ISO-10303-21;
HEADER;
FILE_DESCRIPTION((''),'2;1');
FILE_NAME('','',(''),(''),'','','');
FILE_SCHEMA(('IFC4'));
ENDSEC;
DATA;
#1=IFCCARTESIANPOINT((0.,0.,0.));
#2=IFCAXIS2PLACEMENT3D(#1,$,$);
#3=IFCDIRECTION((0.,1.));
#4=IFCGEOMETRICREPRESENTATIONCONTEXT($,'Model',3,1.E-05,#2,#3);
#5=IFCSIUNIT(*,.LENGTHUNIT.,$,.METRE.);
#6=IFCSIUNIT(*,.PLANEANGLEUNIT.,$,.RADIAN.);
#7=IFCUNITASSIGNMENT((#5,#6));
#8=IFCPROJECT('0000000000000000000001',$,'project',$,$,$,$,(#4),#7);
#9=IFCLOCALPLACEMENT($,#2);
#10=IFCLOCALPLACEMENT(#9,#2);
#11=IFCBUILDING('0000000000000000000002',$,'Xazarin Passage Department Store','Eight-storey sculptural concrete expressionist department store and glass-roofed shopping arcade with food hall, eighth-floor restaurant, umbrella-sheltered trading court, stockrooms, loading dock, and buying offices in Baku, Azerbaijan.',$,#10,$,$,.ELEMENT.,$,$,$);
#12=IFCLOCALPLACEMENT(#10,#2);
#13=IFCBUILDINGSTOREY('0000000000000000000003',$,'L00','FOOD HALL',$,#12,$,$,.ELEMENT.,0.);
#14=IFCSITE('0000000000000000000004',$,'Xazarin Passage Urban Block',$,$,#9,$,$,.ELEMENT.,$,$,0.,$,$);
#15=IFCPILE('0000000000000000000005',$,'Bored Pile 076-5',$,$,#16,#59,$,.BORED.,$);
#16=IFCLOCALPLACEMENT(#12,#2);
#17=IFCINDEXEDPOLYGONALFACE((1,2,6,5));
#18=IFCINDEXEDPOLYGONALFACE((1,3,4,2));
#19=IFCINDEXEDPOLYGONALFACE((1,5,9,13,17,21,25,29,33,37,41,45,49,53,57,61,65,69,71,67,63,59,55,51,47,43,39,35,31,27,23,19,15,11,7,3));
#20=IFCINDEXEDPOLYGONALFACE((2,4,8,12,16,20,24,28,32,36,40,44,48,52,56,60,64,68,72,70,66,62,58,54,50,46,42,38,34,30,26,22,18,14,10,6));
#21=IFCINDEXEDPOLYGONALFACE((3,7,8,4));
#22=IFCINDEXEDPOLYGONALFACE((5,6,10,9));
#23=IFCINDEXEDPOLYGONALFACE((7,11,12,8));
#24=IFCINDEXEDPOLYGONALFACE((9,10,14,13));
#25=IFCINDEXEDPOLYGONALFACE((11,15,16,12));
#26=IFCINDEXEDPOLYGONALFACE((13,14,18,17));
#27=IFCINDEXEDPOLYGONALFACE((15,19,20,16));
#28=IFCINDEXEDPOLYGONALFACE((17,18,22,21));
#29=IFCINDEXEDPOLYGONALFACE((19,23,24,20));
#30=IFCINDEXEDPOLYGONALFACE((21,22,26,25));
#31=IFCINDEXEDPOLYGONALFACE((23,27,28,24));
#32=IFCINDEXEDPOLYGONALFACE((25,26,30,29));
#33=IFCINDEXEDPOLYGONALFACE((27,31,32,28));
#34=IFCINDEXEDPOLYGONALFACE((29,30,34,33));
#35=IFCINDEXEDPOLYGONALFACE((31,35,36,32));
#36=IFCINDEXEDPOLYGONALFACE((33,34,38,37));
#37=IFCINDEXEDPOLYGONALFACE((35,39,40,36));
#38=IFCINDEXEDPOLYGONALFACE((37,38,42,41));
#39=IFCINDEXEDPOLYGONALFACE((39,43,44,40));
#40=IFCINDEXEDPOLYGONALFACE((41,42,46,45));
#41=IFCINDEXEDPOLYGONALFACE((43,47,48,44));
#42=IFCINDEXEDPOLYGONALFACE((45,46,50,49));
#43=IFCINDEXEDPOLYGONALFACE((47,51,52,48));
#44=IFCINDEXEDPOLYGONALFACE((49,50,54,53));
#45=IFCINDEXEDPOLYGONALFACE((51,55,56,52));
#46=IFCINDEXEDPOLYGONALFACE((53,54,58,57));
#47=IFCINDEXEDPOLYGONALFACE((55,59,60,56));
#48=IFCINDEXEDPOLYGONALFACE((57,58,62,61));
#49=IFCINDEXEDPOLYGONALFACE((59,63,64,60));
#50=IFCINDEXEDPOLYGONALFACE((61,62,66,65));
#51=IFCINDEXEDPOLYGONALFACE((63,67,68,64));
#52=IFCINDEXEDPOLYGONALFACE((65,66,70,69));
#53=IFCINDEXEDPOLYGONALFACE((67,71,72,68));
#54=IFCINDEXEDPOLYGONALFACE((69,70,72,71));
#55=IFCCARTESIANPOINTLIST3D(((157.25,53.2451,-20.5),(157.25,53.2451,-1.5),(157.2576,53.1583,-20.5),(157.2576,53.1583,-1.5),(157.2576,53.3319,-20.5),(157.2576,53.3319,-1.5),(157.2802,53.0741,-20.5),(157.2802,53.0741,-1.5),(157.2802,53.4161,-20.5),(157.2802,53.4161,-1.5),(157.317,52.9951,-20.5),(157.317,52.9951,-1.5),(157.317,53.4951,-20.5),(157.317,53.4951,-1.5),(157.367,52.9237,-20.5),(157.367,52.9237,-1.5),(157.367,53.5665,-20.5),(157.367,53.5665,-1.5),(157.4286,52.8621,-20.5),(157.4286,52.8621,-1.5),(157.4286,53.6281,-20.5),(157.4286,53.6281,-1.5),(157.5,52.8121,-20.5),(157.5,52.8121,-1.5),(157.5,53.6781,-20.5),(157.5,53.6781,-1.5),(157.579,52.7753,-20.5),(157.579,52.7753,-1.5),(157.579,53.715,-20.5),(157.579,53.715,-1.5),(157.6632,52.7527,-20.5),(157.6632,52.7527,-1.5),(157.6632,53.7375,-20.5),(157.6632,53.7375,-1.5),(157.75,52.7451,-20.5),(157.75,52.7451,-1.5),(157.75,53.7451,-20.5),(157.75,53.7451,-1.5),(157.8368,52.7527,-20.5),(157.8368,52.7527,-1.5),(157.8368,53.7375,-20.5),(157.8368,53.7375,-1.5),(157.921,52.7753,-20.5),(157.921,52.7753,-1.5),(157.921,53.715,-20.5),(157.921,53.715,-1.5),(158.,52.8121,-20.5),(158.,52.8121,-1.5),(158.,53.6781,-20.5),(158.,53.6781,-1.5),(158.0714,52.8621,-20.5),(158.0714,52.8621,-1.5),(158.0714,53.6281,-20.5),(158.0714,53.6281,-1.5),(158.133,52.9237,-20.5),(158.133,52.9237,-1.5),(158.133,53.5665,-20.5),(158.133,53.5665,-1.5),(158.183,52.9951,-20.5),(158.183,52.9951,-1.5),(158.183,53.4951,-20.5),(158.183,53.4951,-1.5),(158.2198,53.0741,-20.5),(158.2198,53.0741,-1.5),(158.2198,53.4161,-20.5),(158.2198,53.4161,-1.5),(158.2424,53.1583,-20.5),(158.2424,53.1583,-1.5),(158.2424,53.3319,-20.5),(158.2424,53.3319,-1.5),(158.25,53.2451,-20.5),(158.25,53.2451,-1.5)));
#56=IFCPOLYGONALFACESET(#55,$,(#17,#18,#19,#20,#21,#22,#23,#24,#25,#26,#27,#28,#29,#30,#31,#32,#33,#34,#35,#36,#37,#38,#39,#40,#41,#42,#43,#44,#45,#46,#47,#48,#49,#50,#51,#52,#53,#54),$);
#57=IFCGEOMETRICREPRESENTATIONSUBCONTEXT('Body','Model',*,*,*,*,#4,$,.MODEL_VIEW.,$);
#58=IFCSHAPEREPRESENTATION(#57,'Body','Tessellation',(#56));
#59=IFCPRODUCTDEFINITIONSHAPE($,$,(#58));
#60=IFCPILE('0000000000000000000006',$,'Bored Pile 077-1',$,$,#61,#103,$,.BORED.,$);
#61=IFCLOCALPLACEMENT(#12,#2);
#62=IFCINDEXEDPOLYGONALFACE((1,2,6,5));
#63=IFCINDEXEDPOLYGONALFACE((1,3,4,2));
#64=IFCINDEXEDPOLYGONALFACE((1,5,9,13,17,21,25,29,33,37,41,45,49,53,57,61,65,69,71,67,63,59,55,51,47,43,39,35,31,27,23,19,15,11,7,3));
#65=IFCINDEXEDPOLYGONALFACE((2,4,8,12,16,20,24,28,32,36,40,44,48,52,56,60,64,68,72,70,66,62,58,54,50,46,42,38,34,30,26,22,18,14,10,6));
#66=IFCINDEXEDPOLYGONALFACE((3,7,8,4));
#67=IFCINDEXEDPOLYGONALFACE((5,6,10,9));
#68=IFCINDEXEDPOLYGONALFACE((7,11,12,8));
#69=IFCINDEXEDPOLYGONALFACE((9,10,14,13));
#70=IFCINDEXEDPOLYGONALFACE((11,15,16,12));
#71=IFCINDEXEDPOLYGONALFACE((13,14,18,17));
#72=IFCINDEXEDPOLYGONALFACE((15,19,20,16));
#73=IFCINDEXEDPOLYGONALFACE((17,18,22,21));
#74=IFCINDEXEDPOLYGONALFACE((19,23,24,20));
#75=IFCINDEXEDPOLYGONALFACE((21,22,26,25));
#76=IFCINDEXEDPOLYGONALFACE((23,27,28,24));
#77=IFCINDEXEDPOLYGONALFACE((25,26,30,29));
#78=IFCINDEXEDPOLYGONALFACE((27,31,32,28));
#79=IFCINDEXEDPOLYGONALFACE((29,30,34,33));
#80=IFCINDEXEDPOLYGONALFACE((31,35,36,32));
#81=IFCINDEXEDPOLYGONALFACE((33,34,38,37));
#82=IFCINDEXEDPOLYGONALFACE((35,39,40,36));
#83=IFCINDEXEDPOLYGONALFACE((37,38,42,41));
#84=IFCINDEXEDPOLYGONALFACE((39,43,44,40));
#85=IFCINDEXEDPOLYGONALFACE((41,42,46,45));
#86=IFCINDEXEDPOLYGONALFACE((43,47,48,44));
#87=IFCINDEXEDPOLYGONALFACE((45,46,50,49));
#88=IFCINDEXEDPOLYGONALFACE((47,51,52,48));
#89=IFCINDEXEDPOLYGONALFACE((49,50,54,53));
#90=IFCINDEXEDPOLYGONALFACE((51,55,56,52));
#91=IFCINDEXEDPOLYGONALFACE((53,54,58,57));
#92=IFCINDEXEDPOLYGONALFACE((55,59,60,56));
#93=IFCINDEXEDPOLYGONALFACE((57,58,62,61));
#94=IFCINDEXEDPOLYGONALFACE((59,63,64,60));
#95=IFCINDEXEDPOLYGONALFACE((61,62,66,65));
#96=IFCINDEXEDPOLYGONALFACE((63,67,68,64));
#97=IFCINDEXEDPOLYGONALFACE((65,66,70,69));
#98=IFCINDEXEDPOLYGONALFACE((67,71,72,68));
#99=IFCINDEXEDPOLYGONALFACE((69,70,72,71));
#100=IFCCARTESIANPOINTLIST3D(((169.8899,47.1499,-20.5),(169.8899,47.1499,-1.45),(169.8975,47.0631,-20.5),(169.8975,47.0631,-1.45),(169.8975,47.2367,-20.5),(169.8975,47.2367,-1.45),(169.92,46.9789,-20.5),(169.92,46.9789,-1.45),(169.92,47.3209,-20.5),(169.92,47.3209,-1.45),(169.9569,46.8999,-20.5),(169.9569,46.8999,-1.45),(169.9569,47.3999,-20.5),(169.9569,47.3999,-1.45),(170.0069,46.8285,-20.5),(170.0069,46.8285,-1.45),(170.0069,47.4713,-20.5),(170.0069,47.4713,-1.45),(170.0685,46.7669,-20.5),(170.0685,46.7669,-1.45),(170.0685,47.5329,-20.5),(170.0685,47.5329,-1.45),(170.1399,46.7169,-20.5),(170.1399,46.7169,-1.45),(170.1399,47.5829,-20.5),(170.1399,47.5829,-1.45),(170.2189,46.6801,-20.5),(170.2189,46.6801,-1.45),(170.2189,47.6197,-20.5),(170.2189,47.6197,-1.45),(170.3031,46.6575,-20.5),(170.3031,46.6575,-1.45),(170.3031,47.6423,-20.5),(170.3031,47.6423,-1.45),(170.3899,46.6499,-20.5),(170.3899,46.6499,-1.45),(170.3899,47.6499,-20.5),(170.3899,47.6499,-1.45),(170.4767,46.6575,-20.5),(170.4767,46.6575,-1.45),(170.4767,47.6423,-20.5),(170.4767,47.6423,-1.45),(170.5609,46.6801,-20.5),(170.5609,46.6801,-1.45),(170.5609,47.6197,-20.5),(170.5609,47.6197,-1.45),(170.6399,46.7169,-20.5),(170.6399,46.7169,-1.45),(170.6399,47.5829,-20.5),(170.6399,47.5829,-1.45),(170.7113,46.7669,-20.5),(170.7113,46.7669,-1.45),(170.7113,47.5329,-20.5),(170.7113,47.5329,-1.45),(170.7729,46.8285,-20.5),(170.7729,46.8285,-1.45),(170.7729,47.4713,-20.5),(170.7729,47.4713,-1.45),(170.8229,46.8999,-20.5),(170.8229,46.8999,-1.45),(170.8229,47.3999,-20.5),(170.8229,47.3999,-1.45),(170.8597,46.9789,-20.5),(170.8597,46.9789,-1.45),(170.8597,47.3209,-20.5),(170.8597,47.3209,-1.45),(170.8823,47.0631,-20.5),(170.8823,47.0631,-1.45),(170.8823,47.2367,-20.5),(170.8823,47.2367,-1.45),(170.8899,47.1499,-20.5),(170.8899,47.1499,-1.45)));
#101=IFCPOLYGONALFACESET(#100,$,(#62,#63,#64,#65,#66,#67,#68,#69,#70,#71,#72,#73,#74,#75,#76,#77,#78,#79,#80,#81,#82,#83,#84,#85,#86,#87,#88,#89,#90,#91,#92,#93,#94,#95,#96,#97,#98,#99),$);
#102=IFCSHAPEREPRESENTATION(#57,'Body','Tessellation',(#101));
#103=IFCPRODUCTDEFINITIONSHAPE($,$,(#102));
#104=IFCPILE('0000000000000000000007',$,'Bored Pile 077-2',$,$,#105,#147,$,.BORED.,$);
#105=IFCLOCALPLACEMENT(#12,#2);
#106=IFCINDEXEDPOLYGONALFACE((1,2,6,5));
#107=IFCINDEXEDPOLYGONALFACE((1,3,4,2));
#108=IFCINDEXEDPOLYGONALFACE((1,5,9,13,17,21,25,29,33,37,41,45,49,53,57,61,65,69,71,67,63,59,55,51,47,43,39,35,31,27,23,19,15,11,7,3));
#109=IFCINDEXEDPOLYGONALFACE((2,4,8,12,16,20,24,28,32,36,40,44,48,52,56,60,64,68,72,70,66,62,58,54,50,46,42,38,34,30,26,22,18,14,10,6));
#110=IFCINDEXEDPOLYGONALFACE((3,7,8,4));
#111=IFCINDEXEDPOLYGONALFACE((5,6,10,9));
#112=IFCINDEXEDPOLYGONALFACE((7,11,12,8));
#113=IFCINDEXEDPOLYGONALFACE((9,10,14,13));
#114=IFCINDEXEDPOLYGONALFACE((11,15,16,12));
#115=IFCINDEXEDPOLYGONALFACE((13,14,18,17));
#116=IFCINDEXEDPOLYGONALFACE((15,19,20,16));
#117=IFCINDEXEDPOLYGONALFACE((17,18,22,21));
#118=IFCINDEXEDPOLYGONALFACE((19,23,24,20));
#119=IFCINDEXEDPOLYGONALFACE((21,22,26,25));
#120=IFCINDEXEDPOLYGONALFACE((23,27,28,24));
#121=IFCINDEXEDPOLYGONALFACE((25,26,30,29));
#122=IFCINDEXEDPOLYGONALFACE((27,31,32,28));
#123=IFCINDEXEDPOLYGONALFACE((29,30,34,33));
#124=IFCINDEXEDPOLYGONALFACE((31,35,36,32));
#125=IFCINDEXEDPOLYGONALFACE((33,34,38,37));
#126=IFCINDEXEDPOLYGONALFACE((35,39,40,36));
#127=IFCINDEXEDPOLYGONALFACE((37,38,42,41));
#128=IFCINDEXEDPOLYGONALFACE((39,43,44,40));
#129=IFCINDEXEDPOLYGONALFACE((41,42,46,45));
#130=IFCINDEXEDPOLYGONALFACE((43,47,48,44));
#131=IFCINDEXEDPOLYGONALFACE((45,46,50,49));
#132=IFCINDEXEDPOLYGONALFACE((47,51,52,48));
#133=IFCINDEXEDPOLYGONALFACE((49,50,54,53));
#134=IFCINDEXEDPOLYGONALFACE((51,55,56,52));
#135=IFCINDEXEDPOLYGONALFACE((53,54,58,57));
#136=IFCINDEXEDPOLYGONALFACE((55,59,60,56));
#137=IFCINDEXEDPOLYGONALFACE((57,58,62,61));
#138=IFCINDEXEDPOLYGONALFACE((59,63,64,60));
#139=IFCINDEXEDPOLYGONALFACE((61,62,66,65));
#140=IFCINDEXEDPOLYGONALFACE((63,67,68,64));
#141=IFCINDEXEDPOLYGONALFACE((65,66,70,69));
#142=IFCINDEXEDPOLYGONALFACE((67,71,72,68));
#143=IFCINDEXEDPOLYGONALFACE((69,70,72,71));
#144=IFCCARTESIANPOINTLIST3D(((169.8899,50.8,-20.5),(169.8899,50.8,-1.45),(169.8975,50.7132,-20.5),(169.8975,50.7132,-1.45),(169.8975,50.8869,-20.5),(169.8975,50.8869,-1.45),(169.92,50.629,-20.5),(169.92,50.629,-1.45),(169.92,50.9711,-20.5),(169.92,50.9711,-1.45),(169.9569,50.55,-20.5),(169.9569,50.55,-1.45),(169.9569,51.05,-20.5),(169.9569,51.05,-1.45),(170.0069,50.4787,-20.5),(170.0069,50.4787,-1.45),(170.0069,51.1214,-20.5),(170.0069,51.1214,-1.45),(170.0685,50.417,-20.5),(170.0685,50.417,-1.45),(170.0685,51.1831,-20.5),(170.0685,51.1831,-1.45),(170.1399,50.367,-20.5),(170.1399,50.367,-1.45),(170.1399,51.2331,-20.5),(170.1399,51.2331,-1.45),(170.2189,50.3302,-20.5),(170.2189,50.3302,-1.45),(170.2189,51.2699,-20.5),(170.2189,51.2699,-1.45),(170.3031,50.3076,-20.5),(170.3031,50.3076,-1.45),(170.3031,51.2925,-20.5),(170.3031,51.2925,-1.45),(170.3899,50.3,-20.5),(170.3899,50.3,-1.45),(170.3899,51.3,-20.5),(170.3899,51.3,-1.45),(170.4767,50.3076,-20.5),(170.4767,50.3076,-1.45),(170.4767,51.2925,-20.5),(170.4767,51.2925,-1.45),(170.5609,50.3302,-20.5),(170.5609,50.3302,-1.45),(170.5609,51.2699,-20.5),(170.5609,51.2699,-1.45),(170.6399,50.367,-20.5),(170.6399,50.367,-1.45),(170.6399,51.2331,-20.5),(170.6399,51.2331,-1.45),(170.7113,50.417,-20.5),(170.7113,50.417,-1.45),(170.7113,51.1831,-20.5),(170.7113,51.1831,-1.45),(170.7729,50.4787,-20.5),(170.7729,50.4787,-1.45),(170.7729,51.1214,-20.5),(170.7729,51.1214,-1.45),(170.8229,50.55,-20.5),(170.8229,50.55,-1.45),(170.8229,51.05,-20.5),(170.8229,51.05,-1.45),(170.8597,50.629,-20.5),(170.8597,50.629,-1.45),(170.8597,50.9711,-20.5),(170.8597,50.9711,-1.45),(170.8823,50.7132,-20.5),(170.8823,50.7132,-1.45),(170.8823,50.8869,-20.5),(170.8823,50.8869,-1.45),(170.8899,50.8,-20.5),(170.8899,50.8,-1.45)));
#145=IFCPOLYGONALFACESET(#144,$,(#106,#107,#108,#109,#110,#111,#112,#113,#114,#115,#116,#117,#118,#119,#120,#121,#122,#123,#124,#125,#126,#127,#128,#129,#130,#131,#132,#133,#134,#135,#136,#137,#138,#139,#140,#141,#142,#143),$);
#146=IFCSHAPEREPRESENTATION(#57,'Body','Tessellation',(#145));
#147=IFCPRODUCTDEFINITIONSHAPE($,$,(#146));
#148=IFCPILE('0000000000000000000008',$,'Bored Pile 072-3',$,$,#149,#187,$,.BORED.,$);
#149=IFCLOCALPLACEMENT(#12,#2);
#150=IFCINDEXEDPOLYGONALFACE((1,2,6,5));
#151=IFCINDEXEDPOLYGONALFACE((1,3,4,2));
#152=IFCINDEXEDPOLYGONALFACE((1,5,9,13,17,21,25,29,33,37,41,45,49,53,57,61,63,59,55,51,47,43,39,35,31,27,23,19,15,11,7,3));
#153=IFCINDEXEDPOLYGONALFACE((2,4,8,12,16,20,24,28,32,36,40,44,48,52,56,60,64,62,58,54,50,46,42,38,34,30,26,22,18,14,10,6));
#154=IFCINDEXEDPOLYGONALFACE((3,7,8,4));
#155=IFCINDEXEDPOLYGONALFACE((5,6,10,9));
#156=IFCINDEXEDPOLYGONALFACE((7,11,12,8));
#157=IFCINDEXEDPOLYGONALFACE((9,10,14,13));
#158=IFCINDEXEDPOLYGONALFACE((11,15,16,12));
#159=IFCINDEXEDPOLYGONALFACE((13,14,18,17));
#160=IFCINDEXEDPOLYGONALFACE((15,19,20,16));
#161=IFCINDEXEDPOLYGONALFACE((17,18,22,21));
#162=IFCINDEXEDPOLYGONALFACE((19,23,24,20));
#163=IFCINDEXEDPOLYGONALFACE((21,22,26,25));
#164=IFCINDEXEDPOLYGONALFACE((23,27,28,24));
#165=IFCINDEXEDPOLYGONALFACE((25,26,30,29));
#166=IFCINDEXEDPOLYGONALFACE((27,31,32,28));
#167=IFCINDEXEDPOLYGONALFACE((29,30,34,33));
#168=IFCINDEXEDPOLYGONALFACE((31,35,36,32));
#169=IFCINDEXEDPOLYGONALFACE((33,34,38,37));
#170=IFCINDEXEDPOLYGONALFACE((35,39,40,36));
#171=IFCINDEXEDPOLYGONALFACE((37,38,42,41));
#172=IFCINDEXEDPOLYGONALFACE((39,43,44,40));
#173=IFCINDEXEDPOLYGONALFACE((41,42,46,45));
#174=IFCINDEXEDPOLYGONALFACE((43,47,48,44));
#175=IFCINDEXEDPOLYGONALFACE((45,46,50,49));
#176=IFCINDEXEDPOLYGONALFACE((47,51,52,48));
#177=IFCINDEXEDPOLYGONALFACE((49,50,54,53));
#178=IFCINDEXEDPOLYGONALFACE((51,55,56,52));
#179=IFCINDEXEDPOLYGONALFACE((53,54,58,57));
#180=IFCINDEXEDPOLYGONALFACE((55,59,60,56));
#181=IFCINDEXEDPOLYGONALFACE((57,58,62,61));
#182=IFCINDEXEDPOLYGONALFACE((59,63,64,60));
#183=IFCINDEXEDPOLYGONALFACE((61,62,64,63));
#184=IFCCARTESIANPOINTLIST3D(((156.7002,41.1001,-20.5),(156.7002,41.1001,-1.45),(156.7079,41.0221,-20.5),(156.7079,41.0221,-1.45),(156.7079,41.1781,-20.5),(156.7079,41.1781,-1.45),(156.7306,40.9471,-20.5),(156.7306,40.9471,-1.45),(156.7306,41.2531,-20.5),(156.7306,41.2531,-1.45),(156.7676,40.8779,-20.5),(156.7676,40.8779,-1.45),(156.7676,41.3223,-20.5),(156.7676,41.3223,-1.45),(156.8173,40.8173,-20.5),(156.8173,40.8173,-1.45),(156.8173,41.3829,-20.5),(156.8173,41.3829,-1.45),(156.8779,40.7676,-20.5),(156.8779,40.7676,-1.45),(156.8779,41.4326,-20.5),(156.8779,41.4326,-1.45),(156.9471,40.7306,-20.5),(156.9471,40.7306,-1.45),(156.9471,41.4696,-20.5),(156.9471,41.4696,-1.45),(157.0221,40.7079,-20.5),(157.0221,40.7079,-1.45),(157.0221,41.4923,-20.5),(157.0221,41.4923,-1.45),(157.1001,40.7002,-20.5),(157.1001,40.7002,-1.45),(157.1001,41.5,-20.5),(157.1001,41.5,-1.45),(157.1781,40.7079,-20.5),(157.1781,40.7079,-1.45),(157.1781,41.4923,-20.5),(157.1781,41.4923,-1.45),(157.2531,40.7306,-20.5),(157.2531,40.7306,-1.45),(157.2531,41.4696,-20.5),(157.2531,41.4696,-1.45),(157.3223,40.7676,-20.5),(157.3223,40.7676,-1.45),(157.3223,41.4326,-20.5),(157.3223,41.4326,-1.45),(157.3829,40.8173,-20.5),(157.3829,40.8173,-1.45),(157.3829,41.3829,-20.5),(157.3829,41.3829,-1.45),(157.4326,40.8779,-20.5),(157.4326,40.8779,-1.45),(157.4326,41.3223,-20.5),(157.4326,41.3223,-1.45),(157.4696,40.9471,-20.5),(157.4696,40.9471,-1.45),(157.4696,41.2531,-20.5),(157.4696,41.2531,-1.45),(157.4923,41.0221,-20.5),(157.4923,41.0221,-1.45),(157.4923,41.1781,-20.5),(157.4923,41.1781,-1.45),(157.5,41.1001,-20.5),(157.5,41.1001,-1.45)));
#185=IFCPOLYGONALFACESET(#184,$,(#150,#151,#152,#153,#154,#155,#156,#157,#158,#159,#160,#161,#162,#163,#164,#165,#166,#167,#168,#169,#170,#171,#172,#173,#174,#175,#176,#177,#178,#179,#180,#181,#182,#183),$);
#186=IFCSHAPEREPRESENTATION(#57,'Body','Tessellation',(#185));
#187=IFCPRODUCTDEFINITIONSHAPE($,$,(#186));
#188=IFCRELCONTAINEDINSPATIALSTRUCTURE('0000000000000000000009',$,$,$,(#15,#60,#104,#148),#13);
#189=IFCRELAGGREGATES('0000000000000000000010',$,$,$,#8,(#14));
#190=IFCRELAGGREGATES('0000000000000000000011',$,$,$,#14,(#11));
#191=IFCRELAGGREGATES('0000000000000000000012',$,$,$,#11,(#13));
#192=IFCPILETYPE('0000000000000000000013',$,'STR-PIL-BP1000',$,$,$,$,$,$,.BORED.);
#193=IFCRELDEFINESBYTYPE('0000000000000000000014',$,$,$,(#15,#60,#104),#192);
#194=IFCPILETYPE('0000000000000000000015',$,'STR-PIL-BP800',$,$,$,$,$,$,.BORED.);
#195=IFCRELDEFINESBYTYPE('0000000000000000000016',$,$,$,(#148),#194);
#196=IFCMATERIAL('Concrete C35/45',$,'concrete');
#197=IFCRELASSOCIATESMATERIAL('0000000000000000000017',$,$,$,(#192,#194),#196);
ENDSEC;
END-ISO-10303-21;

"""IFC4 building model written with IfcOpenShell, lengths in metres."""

from ifc_helpers import new_model, si_unit, direction, frame, origin, origin_2d, place, context, subcontext, project, spatial, circle, extrude, material, material_profile, profile_set, type_object, element, save


model = new_model("IFC4")

# Units and contexts
model_context = context("Model", 3, precision=1e-05, world=origin(), true_north=direction((0.0, 1.0)))
body_context = subcontext(model_context, "Body", "Model", "MODEL_VIEW")
ifc_project = project(units=[si_unit("LENGTHUNIT", "METRE"), si_unit("PLANEANGLEUNIT", "RADIAN")], contexts=[model_context])

# Site, building, storey
site_placement = place(None, origin())
site = spatial("IfcSite", under=ifc_project, at=site_placement, Name="Xazarin Passage Urban Block", CompositionType="ELEMENT", RefElevation=0.0)
building_placement = place(site_placement, origin())
building = spatial("IfcBuilding", under=site, at=building_placement, Name="Xazarin Passage Department Store", Description="Eight-storey sculptural concrete expressionist department store and glass-roofed shopping arcade with food hall, eighth-floor restaurant, umbrella-sheltered trading court, stockrooms, loading dock, and buying offices in Baku, Azerbaijan.", CompositionType="ELEMENT")
storey_placement = place(building_placement, origin())
storey = spatial("IfcBuildingStorey", under=building, at=storey_placement, Name="L00", Description="FOOD HALL", CompositionType="ELEMENT", Elevation=0.0)

# Shared definitions
ifc_material_1 = material(Name="Concrete C35/45", Category="concrete")

# Piles
ifc_material_profile_1 = material_profile(ifc_material_1, circle(Radius=0.5, at=origin_2d()), Name="BP 1000")
ifc_profile_set_1 = profile_set([ifc_material_profile_1], Name="Concrete C35/45")
pile_type_1 = type_object("IfcPileType", Name="STR-PIL-BP1000", PredefinedType="BORED", material=ifc_profile_set_1)
pile_1_placement = place(storey_placement, frame((157.75, 53.2451, -1.5), z_axis=(0.0, 0.0, -1.0), x_axis=(1.0, 0.0, 0.0)))
element("IfcPile", 1, at=pile_1_placement, inside=storey, type_object=pile_type_1, Name="Bored Pile 076-5", PredefinedType="BORED", context=body_context, shape_type="SweptSolid", body=[
    extrude(circle(Radius=0.5, at=origin_2d()), origin(), (0.0, 0.0, 1.0), 19.0),
])
for number, where, z_axis, x_axis, name in (
    (2, (170.3899, 47.1499, -1.45), (0.0, 0.0, -1.0), (1.0, 0.0, 0.0), "Bored Pile 077-1"),
    (3, (170.3899, 50.8, -1.45), (0.0, 0.0, -1.0), (1.0, 0.0, 0.0), "Bored Pile 077-2"),
):
    element("IfcPile", number, at=place(storey_placement, frame(where, z_axis=z_axis, x_axis=x_axis)), inside=storey, type_object=pile_type_1, Name=name, PredefinedType="BORED", context=body_context, shape_type="SweptSolid", body=[
        extrude(circle(Radius=0.5, at=origin_2d()), origin(), (0.0, 0.0, 1.0), 19.05),
    ])
ifc_material_profile_2 = material_profile(ifc_material_1, circle(Radius=0.3999, at=origin_2d()), Name="BP 800")
ifc_profile_set_2 = profile_set([ifc_material_profile_2], Name="Concrete C35/45")
pile_type_2 = type_object("IfcPileType", Name="STR-PIL-BP800", PredefinedType="BORED", material=ifc_profile_set_2)
pile_2_placement = place(storey_placement, frame((157.1001, 41.1001, -1.45), z_axis=(0.0, 0.0, -1.0), x_axis=(1.0, 0.0, 0.0)))
element("IfcPile", 4, at=pile_2_placement, inside=storey, type_object=pile_type_2, Name="Bored Pile 072-3", PredefinedType="BORED", context=body_context, shape_type="SweptSolid", body=[
    extrude(circle(Radius=0.3999, at=origin_2d()), origin(), (0.0, 0.0, 1.0), 19.05),
])

save(model, "model.ifc")
